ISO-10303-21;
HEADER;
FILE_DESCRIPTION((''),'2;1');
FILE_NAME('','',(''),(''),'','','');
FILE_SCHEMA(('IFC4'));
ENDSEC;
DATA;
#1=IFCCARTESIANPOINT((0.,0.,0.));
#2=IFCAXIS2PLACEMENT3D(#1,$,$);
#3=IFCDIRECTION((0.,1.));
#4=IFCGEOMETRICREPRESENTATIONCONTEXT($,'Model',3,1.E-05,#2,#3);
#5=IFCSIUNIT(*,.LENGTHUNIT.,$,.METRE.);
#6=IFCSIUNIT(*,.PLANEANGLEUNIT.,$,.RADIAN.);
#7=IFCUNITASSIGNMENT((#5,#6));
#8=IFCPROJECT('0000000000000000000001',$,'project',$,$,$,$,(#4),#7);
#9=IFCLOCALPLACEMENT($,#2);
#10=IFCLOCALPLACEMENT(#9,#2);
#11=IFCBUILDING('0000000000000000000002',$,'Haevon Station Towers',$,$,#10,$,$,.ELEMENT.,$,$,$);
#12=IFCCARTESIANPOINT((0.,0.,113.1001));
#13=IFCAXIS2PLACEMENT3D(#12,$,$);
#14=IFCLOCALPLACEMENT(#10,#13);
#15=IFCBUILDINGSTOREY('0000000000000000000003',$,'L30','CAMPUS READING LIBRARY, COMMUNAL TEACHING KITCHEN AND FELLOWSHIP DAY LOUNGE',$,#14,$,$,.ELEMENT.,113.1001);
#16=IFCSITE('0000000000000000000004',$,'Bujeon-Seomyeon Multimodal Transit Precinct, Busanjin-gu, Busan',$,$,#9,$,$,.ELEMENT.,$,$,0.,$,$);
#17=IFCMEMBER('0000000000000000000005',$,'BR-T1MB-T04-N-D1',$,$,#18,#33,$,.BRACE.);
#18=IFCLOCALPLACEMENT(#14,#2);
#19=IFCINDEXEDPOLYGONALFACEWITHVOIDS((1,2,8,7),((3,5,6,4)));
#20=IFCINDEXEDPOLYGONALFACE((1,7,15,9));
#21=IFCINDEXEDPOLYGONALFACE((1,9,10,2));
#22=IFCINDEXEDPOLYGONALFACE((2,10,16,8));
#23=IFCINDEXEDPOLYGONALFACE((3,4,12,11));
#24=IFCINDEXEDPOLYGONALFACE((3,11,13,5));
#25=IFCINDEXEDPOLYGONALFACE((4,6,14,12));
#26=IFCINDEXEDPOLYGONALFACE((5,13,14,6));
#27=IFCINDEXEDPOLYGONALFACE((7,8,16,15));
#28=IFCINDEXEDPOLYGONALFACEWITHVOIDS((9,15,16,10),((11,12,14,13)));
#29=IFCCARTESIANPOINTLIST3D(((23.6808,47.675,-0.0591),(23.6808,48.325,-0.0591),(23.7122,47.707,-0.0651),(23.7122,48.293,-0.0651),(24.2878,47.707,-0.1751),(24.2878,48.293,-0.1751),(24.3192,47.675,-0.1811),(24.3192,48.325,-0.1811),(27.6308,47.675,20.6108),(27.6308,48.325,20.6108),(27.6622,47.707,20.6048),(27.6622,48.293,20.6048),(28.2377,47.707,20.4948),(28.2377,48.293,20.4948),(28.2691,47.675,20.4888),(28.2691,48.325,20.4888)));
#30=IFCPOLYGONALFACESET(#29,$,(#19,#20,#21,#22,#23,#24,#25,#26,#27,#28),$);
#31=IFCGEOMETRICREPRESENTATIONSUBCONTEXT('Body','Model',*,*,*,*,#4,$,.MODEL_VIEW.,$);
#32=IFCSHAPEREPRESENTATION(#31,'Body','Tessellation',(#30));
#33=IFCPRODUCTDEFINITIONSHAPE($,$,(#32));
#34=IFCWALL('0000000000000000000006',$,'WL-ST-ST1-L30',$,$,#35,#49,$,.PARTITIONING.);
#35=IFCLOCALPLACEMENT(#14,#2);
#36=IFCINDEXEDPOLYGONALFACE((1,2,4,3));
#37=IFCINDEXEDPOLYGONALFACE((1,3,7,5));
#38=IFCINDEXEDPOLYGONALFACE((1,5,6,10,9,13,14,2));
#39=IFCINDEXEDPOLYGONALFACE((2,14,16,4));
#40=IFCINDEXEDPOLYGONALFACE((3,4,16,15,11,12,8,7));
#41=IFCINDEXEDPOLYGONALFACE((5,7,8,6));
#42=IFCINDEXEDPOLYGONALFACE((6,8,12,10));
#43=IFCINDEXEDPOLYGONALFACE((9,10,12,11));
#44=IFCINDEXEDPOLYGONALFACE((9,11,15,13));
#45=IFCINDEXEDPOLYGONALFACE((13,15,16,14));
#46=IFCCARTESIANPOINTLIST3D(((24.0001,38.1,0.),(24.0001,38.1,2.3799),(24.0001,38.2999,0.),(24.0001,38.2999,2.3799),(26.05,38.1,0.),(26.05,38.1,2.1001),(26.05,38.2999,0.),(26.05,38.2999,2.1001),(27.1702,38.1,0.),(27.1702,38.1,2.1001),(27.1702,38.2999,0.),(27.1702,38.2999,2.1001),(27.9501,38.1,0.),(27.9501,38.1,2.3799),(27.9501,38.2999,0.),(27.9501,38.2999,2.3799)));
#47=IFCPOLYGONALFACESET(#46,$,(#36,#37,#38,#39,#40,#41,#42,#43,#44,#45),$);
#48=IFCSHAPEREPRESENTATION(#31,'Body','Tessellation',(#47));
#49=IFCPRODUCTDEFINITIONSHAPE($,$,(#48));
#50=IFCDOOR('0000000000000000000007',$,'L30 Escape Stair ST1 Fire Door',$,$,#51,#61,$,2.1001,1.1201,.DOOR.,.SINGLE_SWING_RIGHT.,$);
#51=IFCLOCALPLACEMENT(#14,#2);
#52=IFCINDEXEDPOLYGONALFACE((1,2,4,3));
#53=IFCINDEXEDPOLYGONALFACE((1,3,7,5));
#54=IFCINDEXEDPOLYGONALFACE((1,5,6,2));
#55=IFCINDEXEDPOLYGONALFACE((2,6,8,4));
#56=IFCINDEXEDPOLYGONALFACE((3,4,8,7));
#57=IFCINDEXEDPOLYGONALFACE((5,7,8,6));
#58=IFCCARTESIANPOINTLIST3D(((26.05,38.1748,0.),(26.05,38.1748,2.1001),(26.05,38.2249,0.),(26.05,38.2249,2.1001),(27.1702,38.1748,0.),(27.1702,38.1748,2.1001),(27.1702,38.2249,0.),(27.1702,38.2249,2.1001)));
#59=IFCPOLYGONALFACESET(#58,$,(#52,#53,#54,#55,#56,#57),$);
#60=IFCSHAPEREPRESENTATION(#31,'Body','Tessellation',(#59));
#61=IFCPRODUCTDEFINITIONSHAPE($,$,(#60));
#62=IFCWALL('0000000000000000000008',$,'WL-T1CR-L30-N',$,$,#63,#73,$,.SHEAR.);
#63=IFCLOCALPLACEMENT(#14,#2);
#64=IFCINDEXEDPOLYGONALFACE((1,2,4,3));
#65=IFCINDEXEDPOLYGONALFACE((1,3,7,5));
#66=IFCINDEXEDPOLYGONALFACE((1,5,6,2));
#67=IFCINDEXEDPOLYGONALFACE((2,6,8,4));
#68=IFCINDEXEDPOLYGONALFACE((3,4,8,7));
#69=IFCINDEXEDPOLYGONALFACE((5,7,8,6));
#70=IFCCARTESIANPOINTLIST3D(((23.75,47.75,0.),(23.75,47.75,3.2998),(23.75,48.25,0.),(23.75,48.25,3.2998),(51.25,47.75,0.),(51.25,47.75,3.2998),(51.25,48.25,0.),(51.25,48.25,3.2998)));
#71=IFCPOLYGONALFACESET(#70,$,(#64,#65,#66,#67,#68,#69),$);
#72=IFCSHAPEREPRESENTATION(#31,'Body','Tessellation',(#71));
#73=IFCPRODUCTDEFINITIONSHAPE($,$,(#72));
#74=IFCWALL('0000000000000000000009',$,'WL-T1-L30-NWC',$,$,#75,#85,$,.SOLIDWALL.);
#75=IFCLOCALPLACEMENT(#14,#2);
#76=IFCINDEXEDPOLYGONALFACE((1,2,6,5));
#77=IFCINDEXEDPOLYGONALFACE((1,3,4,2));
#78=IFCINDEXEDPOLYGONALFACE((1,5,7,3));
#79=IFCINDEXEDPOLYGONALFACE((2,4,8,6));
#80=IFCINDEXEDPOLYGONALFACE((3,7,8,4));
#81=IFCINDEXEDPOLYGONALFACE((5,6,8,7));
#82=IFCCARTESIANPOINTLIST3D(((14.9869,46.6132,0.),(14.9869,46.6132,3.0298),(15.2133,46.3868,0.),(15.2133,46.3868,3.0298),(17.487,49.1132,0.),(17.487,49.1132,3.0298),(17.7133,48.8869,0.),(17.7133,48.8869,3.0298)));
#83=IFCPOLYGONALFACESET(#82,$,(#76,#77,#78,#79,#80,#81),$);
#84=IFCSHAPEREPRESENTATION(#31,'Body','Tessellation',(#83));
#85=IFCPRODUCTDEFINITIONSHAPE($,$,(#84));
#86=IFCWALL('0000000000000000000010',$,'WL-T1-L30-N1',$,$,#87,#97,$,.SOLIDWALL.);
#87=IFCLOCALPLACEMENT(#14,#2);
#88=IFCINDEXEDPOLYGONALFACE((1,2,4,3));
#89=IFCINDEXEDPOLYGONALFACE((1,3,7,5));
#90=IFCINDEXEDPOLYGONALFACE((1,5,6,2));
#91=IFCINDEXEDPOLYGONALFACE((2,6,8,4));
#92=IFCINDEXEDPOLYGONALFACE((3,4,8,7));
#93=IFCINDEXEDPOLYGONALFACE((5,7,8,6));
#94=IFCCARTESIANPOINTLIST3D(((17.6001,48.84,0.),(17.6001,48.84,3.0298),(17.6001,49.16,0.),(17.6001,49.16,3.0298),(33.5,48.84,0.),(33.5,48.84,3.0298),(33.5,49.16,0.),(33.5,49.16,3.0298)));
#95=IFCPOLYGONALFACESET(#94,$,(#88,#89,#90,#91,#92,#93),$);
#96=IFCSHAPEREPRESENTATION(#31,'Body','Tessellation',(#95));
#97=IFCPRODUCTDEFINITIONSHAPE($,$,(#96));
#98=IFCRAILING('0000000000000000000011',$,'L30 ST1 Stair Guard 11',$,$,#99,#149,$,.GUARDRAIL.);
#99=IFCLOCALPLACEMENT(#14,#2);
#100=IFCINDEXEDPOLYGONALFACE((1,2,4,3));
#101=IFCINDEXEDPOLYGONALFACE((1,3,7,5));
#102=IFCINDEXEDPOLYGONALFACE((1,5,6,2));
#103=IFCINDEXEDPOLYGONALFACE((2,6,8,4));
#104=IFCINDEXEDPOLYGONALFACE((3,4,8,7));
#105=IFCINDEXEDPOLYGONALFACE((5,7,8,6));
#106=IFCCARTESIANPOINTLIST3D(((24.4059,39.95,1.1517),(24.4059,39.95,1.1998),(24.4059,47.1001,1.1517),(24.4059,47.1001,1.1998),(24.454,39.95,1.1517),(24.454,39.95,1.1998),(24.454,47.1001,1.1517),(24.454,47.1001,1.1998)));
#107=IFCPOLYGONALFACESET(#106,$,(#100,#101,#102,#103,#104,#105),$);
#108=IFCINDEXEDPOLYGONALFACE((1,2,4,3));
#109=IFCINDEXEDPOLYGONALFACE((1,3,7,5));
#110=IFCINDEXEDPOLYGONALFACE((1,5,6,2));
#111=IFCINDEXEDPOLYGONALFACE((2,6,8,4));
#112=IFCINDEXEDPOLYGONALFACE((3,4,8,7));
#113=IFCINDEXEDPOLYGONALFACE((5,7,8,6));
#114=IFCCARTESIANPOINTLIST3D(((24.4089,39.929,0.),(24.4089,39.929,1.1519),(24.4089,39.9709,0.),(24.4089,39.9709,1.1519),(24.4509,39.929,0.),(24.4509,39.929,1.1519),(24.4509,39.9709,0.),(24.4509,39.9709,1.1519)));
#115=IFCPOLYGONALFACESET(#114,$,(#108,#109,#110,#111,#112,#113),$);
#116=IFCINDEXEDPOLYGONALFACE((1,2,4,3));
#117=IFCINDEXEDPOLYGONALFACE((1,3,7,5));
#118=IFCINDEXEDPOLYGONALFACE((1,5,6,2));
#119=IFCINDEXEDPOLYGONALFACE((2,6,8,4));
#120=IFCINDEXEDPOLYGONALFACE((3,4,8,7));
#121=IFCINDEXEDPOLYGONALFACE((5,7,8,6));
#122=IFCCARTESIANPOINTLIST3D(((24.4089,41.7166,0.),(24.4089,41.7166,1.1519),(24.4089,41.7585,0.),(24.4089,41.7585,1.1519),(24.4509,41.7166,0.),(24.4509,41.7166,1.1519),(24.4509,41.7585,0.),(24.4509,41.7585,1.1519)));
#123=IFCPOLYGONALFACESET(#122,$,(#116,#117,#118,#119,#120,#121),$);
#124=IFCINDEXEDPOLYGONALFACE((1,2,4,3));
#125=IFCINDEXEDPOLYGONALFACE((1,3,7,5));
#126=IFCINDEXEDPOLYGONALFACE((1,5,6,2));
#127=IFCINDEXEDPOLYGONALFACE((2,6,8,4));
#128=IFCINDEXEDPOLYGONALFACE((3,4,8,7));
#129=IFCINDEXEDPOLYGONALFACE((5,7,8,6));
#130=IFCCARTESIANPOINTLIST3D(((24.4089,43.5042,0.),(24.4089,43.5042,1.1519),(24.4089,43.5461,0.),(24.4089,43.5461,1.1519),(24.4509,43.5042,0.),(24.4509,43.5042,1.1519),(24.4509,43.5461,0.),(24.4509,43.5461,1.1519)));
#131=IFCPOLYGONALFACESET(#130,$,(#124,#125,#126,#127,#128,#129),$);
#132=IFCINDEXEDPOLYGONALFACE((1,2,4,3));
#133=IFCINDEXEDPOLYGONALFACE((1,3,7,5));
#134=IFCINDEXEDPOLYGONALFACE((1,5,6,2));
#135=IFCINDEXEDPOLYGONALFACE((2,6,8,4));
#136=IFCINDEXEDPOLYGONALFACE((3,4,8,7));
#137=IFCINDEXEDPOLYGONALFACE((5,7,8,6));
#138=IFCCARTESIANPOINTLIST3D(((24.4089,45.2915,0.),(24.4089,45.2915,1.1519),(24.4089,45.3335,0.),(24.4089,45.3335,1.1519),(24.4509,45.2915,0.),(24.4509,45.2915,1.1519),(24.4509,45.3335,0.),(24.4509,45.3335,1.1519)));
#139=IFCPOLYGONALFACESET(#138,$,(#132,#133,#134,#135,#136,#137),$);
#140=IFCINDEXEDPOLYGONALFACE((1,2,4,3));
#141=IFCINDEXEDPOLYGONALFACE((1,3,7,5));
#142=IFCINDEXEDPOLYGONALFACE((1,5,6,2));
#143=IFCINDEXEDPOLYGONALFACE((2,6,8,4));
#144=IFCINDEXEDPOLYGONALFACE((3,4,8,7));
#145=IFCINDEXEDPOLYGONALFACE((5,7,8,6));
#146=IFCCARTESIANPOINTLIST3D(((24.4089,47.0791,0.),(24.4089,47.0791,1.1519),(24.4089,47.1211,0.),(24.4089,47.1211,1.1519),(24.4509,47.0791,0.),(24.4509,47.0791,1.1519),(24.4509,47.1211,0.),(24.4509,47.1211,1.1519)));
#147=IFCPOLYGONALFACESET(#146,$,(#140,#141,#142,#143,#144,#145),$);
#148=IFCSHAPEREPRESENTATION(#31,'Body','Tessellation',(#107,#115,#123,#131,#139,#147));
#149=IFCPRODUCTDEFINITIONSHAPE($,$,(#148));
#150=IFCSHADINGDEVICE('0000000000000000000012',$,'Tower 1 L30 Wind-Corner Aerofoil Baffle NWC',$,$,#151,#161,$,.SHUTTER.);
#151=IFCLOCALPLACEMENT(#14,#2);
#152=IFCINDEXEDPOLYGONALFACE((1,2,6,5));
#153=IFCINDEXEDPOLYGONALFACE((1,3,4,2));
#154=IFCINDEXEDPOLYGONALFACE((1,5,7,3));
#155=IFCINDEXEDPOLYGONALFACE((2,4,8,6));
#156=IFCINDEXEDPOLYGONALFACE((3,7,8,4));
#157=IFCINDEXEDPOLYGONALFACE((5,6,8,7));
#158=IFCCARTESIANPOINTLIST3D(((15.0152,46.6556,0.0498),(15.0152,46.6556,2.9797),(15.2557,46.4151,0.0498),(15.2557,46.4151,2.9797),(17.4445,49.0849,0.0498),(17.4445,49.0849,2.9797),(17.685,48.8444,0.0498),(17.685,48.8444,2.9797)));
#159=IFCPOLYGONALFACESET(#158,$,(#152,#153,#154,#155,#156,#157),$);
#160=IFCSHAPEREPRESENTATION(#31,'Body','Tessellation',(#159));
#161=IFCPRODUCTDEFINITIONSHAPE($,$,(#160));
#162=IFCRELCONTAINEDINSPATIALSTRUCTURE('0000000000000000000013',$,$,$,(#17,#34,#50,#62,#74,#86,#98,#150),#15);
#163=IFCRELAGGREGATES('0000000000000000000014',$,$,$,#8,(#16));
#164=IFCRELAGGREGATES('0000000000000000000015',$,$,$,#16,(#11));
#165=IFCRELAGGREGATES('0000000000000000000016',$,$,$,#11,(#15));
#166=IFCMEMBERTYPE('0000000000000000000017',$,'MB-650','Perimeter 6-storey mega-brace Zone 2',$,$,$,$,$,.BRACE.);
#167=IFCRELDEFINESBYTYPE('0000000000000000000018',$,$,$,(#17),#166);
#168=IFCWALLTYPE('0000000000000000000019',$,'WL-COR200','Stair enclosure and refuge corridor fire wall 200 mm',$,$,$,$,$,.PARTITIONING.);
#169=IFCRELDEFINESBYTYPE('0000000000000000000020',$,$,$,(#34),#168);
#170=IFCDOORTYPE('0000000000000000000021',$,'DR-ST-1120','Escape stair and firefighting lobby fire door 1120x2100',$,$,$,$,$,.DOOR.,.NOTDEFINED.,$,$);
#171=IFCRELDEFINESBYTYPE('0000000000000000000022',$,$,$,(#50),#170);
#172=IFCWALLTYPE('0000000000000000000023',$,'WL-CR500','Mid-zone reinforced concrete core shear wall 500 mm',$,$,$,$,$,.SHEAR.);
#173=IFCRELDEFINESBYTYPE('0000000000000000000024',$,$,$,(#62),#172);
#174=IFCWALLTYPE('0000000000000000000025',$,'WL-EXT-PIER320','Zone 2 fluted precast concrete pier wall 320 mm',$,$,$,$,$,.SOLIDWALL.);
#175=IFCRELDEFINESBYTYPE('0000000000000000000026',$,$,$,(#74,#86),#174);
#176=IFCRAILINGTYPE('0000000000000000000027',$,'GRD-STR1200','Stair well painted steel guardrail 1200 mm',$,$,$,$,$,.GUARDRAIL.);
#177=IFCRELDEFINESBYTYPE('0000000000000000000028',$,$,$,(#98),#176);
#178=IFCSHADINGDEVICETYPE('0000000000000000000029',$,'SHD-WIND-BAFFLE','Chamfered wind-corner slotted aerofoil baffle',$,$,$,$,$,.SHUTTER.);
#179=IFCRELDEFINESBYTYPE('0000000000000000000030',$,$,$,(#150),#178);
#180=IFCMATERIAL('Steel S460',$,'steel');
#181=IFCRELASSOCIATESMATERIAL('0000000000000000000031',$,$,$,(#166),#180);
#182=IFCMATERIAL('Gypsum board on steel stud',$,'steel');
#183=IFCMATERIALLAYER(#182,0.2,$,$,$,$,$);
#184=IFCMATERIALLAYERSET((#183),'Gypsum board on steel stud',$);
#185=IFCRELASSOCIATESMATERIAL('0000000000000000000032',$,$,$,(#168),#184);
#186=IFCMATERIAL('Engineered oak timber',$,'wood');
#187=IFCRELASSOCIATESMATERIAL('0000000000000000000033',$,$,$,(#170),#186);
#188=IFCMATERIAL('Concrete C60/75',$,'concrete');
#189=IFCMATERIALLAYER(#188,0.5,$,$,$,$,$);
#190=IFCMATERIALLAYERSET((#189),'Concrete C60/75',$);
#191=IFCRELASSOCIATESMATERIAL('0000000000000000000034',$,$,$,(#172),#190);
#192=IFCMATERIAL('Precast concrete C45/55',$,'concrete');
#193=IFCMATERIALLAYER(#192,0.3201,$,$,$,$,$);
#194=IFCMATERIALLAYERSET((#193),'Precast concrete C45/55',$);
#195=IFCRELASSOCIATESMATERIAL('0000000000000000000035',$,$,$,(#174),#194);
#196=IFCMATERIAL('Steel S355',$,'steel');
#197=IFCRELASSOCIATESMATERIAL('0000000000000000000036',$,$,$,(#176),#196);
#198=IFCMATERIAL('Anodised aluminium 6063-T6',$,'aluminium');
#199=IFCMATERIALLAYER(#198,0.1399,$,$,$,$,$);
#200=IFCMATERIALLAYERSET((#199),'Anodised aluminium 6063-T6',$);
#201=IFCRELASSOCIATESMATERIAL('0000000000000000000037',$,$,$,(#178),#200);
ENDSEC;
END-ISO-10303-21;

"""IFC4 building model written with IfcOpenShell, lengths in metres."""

from ifc_helpers import new_model, si_unit, direction, frame, frame_2d, origin, origin_2d, place, context, subcontext, project, spatial, rectangle, hollow_rectangle, extrude, material, layer, layer_set, material_profile, profile_set, type_object, element, fill, save


model = new_model("IFC4")

# Units and contexts
model_context = context("Model", 3, precision=1e-05, world=origin(), true_north=direction((0.0, 1.0)))
body_context = subcontext(model_context, "Body", "Model", "MODEL_VIEW")
ifc_project = project(units=[si_unit("LENGTHUNIT", "METRE"), si_unit("PLANEANGLEUNIT", "RADIAN")], contexts=[model_context])

# Site, building, storey
site_placement = place(None, origin())
site = spatial("IfcSite", under=ifc_project, at=site_placement, Name="Bujeon-Seomyeon Multimodal Transit Precinct, Busanjin-gu, Busan", CompositionType="ELEMENT", RefElevation=0.0)
building_placement = place(site_placement, origin())
building = spatial("IfcBuilding", under=site, at=building_placement, Name="Haevon Station Towers", CompositionType="ELEMENT")
storey_placement = place(building_placement, frame((0.0, 0.0, 113.1001)))
storey = spatial("IfcBuildingStorey", under=building, at=storey_placement, Name="L30", Description="CAMPUS READING LIBRARY, COMMUNAL TEACHING KITCHEN AND FELLOWSHIP DAY LOUNGE", CompositionType="ELEMENT", Elevation=113.1001)

# Shared definitions
ifc_material_1 = material(Name="Steel S460", Category="steel")

# Shared definitions
ifc_material_2 = material(Name="Steel S355", Category="steel")

# Member
ifc_material_profile_1 = material_profile(ifc_material_1, hollow_rectangle(XDim=0.6499, YDim=0.6499, WallThickness=0.032, at=origin_2d()), Name="RHS-650x650x32")
ifc_profile_set_1 = profile_set([ifc_material_profile_1], Name="Steel S460")
member_type = type_object("IfcMemberType", Name="MB-650", Description="Perimeter 6-storey mega-brace Zone 2", PredefinedType="BRACE", material=ifc_profile_set_1)
member_placement = place(storey_placement, frame((24.0, 48.0, -0.1201), z_axis=(0.1877, 0.0, 0.982226), x_axis=(0.0, 1.0, 0.0)))
element("IfcMember", 1, at=member_placement, inside=storey, type_object=member_type, Name="BR-T1MB-T04-N-D1", PredefinedType="BRACE", context=body_context, shape_type="SweptSolid", body=[
    extrude(hollow_rectangle(XDim=0.6499, YDim=0.6499, WallThickness=0.032, at=origin_2d()), origin(), (0.0, 0.0, 1.0), 21.0439),
])

# Wall, opening, door
ifc_material_3 = material(Name="Gypsum board on steel stud", Category="steel")
ifc_layer_1 = layer(ifc_material_3, 0.2)
ifc_layer_set_1 = layer_set([ifc_layer_1], Name="Gypsum board on steel stud")
wall_type_1 = type_object("IfcWallType", Name="WL-COR200", Description="Stair enclosure and refuge corridor fire wall 200 mm", PredefinedType="PARTITIONING", material=ifc_layer_set_1)
wall_1_placement = place(storey_placement, frame((24.0, 38.2, 0.0), z_axis=(0.0, 0.0, 1.0), x_axis=(1.0, 0.0, 0.0)))
wall_1 = element("IfcWall", 2, at=wall_1_placement, inside=storey, type_object=wall_type_1, Name="WL-ST-ST1-L30", PredefinedType="PARTITIONING", context=body_context, shape_type="SweptSolid", body=[
    extrude(rectangle(XDim=3.95, YDim=0.2, at=frame_2d((1.9751, 0.0))), origin(), (0.0, 0.0, 1.0), 2.3799),
])
opening_placement = place(wall_1_placement, frame((2.05, 0.0, 0.0)))
opening = element("IfcOpeningElement", 3, at=opening_placement, cuts=wall_1, PredefinedType="OPENING", context=body_context, shape_type="SweptSolid", body=[
    extrude(rectangle(XDim=1.1201, YDim=2.1001, at=frame_2d((0.5601, 1.05))), frame((0.0, 0.1099, 0.0), z_axis=(0.0, -1.0, 0.0), x_axis=(1.0, 0.0, 0.0)), (0.0, 0.0, 1.0), 0.22),
])
ifc_material_4 = material(Name="Engineered oak timber", Category="wood")
door_type = type_object("IfcDoorType", Name="DR-ST-1120", Description="Escape stair and firefighting lobby fire door 1120x2100", OperationType="NOTDEFINED", PredefinedType="DOOR", material=ifc_material_4)
door_placement = place(opening_placement, origin())
door = element("IfcDoor", 4, at=door_placement, inside=storey, type_object=door_type, Name="L30 Escape Stair ST1 Fire Door", OperationType="SINGLE_SWING_RIGHT", OverallHeight=2.1001, OverallWidth=1.1201, PredefinedType="DOOR", context=body_context, shape_type="SweptSolid", body=[
    extrude(rectangle(XDim=1.1201, YDim=2.1001, at=frame_2d((0.5601, 1.05))), frame((0.0, 0.0249, 0.0), z_axis=(0.0, -1.0, 0.0), x_axis=(1.0, 0.0, 0.0)), (0.0, 0.0, 1.0), 0.05),
])
fill(opening, door)

# Walls
ifc_material_5 = material(Name="Concrete C60/75", Category="concrete")
ifc_layer_2 = layer(ifc_material_5, 0.5)
ifc_layer_set_2 = layer_set([ifc_layer_2], Name="Concrete C60/75")
wall_type_2 = type_object("IfcWallType", Name="WL-CR500", Description="Mid-zone reinforced concrete core shear wall 500 mm", PredefinedType="SHEAR", material=ifc_layer_set_2)
wall_2_placement = place(storey_placement, frame((23.75, 48.0, 0.0), z_axis=(0.0, 0.0, 1.0), x_axis=(1.0, 0.0, 0.0)))
element("IfcWall", 5, at=wall_2_placement, inside=storey, type_object=wall_type_2, Name="WL-T1CR-L30-N", PredefinedType="SHEAR", context=body_context, shape_type="SweptSolid", body=[
    extrude(rectangle(XDim=27.5, YDim=0.5, at=frame_2d((13.75, 0.0))), origin(), (0.0, 0.0, 1.0), 3.2998),
])
ifc_material_6 = material(Name="Precast concrete C45/55", Category="concrete")
ifc_layer_3 = layer(ifc_material_6, 0.3201)
ifc_layer_set_3 = layer_set([ifc_layer_3], Name="Precast concrete C45/55")
wall_type_3 = type_object("IfcWallType", Name="WL-EXT-PIER320", Description="Zone 2 fluted precast concrete pier wall 320 mm", PredefinedType="SOLIDWALL", material=ifc_layer_set_3)
wall_3_placement = place(storey_placement, frame((15.1001, 46.5, 0.0), z_axis=(0.0, 0.0, 1.0), x_axis=(0.707107, 0.707107, 0.0)))
element("IfcWall", 6, at=wall_3_placement, inside=storey, type_object=wall_type_3, Name="WL-T1-L30-NWC", PredefinedType="SOLIDWALL", context=body_context, shape_type="SweptSolid", body=[
    extrude(rectangle(XDim=3.5356, YDim=0.3201, at=frame_2d((1.7678, 0.0))), origin(), (0.0, 0.0, 1.0), 3.0298),
])
wall_4_placement = place(storey_placement, frame((17.6001, 49.0, 0.0), z_axis=(0.0, 0.0, 1.0), x_axis=(1.0, 0.0, 0.0)))
element("IfcWall", 7, at=wall_4_placement, inside=storey, type_object=wall_type_3, Name="WL-T1-L30-N1", PredefinedType="SOLIDWALL", context=body_context, shape_type="SweptSolid", body=[
    extrude(rectangle(XDim=15.8999, YDim=0.3201, at=frame_2d((7.95, 0.0))), origin(), (0.0, 0.0, 1.0), 3.0298),
])

# Railing
railing_type = type_object("IfcRailingType", Name="GRD-STR1200", Description="Stair well painted steel guardrail 1200 mm", PredefinedType="GUARDRAIL", material=ifc_material_2)
railing_placement = place(storey_placement, frame((24.4299, 39.95, 0.0)))
element("IfcRailing", 8, at=railing_placement, inside=storey, type_object=railing_type, Name="L30 ST1 Stair Guard 11", PredefinedType="GUARDRAIL", context=body_context, shape_type="SweptSolid", body=[
    extrude(rectangle(XDim=0.0481, YDim=0.0481, at=origin_2d()), frame((0.0, 0.0, 1.1758), z_axis=(0.0, 1.0, 0.0), x_axis=(-1.0, 0.0, 0.0)), (0.0, 0.0, 1.0), 7.1501),
    extrude(rectangle(XDim=0.042, YDim=0.042, at=origin_2d()), origin(), (0.0, 0.0, 1.0), 1.1519),
    extrude(rectangle(XDim=0.042, YDim=0.042, at=origin_2d()), frame((0.0, 1.7876, 0.0)), (0.0, 0.0, 1.0), 1.1519),
    extrude(rectangle(XDim=0.042, YDim=0.042, at=origin_2d()), frame((0.0, 3.5752, 0.0)), (0.0, 0.0, 1.0), 1.1519),
    extrude(rectangle(XDim=0.042, YDim=0.042, at=origin_2d()), frame((0.0, 5.3625, 0.0)), (0.0, 0.0, 1.0), 1.1519),
    extrude(rectangle(XDim=0.042, YDim=0.042, at=origin_2d()), frame((0.0, 7.1501, 0.0)), (0.0, 0.0, 1.0), 1.1519),
])

# Shading device
ifc_material_7 = material(Name="Anodised aluminium 6063-T6", Category="aluminium")
ifc_layer_4 = layer(ifc_material_7, 0.1399)
ifc_layer_set_4 = layer_set([ifc_layer_4], Name="Anodised aluminium 6063-T6")
shading_device_type = type_object("IfcShadingDeviceType", Name="SHD-WIND-BAFFLE", Description="Chamfered wind-corner slotted aerofoil baffle", PredefinedType="SHUTTER", material=ifc_layer_set_4)
shading_device_placement = place(storey_placement, frame((16.3501, 47.75, 0.0498), z_axis=(0.0, 0.0, 1.0), x_axis=(0.707107, 0.707107, 0.0)))
element("IfcShadingDevice", 9, at=shading_device_placement, inside=storey, type_object=shading_device_type, Name="Tower 1 L30 Wind-Corner Aerofoil Baffle NWC", PredefinedType="SHUTTER", context=body_context, shape_type="SweptSolid", body=[
    extrude(rectangle(XDim=3.4355, YDim=0.3401, at=origin_2d()), origin(), (0.0, 0.0, 1.0), 2.9299),
])

save(model, "model.ifc")
